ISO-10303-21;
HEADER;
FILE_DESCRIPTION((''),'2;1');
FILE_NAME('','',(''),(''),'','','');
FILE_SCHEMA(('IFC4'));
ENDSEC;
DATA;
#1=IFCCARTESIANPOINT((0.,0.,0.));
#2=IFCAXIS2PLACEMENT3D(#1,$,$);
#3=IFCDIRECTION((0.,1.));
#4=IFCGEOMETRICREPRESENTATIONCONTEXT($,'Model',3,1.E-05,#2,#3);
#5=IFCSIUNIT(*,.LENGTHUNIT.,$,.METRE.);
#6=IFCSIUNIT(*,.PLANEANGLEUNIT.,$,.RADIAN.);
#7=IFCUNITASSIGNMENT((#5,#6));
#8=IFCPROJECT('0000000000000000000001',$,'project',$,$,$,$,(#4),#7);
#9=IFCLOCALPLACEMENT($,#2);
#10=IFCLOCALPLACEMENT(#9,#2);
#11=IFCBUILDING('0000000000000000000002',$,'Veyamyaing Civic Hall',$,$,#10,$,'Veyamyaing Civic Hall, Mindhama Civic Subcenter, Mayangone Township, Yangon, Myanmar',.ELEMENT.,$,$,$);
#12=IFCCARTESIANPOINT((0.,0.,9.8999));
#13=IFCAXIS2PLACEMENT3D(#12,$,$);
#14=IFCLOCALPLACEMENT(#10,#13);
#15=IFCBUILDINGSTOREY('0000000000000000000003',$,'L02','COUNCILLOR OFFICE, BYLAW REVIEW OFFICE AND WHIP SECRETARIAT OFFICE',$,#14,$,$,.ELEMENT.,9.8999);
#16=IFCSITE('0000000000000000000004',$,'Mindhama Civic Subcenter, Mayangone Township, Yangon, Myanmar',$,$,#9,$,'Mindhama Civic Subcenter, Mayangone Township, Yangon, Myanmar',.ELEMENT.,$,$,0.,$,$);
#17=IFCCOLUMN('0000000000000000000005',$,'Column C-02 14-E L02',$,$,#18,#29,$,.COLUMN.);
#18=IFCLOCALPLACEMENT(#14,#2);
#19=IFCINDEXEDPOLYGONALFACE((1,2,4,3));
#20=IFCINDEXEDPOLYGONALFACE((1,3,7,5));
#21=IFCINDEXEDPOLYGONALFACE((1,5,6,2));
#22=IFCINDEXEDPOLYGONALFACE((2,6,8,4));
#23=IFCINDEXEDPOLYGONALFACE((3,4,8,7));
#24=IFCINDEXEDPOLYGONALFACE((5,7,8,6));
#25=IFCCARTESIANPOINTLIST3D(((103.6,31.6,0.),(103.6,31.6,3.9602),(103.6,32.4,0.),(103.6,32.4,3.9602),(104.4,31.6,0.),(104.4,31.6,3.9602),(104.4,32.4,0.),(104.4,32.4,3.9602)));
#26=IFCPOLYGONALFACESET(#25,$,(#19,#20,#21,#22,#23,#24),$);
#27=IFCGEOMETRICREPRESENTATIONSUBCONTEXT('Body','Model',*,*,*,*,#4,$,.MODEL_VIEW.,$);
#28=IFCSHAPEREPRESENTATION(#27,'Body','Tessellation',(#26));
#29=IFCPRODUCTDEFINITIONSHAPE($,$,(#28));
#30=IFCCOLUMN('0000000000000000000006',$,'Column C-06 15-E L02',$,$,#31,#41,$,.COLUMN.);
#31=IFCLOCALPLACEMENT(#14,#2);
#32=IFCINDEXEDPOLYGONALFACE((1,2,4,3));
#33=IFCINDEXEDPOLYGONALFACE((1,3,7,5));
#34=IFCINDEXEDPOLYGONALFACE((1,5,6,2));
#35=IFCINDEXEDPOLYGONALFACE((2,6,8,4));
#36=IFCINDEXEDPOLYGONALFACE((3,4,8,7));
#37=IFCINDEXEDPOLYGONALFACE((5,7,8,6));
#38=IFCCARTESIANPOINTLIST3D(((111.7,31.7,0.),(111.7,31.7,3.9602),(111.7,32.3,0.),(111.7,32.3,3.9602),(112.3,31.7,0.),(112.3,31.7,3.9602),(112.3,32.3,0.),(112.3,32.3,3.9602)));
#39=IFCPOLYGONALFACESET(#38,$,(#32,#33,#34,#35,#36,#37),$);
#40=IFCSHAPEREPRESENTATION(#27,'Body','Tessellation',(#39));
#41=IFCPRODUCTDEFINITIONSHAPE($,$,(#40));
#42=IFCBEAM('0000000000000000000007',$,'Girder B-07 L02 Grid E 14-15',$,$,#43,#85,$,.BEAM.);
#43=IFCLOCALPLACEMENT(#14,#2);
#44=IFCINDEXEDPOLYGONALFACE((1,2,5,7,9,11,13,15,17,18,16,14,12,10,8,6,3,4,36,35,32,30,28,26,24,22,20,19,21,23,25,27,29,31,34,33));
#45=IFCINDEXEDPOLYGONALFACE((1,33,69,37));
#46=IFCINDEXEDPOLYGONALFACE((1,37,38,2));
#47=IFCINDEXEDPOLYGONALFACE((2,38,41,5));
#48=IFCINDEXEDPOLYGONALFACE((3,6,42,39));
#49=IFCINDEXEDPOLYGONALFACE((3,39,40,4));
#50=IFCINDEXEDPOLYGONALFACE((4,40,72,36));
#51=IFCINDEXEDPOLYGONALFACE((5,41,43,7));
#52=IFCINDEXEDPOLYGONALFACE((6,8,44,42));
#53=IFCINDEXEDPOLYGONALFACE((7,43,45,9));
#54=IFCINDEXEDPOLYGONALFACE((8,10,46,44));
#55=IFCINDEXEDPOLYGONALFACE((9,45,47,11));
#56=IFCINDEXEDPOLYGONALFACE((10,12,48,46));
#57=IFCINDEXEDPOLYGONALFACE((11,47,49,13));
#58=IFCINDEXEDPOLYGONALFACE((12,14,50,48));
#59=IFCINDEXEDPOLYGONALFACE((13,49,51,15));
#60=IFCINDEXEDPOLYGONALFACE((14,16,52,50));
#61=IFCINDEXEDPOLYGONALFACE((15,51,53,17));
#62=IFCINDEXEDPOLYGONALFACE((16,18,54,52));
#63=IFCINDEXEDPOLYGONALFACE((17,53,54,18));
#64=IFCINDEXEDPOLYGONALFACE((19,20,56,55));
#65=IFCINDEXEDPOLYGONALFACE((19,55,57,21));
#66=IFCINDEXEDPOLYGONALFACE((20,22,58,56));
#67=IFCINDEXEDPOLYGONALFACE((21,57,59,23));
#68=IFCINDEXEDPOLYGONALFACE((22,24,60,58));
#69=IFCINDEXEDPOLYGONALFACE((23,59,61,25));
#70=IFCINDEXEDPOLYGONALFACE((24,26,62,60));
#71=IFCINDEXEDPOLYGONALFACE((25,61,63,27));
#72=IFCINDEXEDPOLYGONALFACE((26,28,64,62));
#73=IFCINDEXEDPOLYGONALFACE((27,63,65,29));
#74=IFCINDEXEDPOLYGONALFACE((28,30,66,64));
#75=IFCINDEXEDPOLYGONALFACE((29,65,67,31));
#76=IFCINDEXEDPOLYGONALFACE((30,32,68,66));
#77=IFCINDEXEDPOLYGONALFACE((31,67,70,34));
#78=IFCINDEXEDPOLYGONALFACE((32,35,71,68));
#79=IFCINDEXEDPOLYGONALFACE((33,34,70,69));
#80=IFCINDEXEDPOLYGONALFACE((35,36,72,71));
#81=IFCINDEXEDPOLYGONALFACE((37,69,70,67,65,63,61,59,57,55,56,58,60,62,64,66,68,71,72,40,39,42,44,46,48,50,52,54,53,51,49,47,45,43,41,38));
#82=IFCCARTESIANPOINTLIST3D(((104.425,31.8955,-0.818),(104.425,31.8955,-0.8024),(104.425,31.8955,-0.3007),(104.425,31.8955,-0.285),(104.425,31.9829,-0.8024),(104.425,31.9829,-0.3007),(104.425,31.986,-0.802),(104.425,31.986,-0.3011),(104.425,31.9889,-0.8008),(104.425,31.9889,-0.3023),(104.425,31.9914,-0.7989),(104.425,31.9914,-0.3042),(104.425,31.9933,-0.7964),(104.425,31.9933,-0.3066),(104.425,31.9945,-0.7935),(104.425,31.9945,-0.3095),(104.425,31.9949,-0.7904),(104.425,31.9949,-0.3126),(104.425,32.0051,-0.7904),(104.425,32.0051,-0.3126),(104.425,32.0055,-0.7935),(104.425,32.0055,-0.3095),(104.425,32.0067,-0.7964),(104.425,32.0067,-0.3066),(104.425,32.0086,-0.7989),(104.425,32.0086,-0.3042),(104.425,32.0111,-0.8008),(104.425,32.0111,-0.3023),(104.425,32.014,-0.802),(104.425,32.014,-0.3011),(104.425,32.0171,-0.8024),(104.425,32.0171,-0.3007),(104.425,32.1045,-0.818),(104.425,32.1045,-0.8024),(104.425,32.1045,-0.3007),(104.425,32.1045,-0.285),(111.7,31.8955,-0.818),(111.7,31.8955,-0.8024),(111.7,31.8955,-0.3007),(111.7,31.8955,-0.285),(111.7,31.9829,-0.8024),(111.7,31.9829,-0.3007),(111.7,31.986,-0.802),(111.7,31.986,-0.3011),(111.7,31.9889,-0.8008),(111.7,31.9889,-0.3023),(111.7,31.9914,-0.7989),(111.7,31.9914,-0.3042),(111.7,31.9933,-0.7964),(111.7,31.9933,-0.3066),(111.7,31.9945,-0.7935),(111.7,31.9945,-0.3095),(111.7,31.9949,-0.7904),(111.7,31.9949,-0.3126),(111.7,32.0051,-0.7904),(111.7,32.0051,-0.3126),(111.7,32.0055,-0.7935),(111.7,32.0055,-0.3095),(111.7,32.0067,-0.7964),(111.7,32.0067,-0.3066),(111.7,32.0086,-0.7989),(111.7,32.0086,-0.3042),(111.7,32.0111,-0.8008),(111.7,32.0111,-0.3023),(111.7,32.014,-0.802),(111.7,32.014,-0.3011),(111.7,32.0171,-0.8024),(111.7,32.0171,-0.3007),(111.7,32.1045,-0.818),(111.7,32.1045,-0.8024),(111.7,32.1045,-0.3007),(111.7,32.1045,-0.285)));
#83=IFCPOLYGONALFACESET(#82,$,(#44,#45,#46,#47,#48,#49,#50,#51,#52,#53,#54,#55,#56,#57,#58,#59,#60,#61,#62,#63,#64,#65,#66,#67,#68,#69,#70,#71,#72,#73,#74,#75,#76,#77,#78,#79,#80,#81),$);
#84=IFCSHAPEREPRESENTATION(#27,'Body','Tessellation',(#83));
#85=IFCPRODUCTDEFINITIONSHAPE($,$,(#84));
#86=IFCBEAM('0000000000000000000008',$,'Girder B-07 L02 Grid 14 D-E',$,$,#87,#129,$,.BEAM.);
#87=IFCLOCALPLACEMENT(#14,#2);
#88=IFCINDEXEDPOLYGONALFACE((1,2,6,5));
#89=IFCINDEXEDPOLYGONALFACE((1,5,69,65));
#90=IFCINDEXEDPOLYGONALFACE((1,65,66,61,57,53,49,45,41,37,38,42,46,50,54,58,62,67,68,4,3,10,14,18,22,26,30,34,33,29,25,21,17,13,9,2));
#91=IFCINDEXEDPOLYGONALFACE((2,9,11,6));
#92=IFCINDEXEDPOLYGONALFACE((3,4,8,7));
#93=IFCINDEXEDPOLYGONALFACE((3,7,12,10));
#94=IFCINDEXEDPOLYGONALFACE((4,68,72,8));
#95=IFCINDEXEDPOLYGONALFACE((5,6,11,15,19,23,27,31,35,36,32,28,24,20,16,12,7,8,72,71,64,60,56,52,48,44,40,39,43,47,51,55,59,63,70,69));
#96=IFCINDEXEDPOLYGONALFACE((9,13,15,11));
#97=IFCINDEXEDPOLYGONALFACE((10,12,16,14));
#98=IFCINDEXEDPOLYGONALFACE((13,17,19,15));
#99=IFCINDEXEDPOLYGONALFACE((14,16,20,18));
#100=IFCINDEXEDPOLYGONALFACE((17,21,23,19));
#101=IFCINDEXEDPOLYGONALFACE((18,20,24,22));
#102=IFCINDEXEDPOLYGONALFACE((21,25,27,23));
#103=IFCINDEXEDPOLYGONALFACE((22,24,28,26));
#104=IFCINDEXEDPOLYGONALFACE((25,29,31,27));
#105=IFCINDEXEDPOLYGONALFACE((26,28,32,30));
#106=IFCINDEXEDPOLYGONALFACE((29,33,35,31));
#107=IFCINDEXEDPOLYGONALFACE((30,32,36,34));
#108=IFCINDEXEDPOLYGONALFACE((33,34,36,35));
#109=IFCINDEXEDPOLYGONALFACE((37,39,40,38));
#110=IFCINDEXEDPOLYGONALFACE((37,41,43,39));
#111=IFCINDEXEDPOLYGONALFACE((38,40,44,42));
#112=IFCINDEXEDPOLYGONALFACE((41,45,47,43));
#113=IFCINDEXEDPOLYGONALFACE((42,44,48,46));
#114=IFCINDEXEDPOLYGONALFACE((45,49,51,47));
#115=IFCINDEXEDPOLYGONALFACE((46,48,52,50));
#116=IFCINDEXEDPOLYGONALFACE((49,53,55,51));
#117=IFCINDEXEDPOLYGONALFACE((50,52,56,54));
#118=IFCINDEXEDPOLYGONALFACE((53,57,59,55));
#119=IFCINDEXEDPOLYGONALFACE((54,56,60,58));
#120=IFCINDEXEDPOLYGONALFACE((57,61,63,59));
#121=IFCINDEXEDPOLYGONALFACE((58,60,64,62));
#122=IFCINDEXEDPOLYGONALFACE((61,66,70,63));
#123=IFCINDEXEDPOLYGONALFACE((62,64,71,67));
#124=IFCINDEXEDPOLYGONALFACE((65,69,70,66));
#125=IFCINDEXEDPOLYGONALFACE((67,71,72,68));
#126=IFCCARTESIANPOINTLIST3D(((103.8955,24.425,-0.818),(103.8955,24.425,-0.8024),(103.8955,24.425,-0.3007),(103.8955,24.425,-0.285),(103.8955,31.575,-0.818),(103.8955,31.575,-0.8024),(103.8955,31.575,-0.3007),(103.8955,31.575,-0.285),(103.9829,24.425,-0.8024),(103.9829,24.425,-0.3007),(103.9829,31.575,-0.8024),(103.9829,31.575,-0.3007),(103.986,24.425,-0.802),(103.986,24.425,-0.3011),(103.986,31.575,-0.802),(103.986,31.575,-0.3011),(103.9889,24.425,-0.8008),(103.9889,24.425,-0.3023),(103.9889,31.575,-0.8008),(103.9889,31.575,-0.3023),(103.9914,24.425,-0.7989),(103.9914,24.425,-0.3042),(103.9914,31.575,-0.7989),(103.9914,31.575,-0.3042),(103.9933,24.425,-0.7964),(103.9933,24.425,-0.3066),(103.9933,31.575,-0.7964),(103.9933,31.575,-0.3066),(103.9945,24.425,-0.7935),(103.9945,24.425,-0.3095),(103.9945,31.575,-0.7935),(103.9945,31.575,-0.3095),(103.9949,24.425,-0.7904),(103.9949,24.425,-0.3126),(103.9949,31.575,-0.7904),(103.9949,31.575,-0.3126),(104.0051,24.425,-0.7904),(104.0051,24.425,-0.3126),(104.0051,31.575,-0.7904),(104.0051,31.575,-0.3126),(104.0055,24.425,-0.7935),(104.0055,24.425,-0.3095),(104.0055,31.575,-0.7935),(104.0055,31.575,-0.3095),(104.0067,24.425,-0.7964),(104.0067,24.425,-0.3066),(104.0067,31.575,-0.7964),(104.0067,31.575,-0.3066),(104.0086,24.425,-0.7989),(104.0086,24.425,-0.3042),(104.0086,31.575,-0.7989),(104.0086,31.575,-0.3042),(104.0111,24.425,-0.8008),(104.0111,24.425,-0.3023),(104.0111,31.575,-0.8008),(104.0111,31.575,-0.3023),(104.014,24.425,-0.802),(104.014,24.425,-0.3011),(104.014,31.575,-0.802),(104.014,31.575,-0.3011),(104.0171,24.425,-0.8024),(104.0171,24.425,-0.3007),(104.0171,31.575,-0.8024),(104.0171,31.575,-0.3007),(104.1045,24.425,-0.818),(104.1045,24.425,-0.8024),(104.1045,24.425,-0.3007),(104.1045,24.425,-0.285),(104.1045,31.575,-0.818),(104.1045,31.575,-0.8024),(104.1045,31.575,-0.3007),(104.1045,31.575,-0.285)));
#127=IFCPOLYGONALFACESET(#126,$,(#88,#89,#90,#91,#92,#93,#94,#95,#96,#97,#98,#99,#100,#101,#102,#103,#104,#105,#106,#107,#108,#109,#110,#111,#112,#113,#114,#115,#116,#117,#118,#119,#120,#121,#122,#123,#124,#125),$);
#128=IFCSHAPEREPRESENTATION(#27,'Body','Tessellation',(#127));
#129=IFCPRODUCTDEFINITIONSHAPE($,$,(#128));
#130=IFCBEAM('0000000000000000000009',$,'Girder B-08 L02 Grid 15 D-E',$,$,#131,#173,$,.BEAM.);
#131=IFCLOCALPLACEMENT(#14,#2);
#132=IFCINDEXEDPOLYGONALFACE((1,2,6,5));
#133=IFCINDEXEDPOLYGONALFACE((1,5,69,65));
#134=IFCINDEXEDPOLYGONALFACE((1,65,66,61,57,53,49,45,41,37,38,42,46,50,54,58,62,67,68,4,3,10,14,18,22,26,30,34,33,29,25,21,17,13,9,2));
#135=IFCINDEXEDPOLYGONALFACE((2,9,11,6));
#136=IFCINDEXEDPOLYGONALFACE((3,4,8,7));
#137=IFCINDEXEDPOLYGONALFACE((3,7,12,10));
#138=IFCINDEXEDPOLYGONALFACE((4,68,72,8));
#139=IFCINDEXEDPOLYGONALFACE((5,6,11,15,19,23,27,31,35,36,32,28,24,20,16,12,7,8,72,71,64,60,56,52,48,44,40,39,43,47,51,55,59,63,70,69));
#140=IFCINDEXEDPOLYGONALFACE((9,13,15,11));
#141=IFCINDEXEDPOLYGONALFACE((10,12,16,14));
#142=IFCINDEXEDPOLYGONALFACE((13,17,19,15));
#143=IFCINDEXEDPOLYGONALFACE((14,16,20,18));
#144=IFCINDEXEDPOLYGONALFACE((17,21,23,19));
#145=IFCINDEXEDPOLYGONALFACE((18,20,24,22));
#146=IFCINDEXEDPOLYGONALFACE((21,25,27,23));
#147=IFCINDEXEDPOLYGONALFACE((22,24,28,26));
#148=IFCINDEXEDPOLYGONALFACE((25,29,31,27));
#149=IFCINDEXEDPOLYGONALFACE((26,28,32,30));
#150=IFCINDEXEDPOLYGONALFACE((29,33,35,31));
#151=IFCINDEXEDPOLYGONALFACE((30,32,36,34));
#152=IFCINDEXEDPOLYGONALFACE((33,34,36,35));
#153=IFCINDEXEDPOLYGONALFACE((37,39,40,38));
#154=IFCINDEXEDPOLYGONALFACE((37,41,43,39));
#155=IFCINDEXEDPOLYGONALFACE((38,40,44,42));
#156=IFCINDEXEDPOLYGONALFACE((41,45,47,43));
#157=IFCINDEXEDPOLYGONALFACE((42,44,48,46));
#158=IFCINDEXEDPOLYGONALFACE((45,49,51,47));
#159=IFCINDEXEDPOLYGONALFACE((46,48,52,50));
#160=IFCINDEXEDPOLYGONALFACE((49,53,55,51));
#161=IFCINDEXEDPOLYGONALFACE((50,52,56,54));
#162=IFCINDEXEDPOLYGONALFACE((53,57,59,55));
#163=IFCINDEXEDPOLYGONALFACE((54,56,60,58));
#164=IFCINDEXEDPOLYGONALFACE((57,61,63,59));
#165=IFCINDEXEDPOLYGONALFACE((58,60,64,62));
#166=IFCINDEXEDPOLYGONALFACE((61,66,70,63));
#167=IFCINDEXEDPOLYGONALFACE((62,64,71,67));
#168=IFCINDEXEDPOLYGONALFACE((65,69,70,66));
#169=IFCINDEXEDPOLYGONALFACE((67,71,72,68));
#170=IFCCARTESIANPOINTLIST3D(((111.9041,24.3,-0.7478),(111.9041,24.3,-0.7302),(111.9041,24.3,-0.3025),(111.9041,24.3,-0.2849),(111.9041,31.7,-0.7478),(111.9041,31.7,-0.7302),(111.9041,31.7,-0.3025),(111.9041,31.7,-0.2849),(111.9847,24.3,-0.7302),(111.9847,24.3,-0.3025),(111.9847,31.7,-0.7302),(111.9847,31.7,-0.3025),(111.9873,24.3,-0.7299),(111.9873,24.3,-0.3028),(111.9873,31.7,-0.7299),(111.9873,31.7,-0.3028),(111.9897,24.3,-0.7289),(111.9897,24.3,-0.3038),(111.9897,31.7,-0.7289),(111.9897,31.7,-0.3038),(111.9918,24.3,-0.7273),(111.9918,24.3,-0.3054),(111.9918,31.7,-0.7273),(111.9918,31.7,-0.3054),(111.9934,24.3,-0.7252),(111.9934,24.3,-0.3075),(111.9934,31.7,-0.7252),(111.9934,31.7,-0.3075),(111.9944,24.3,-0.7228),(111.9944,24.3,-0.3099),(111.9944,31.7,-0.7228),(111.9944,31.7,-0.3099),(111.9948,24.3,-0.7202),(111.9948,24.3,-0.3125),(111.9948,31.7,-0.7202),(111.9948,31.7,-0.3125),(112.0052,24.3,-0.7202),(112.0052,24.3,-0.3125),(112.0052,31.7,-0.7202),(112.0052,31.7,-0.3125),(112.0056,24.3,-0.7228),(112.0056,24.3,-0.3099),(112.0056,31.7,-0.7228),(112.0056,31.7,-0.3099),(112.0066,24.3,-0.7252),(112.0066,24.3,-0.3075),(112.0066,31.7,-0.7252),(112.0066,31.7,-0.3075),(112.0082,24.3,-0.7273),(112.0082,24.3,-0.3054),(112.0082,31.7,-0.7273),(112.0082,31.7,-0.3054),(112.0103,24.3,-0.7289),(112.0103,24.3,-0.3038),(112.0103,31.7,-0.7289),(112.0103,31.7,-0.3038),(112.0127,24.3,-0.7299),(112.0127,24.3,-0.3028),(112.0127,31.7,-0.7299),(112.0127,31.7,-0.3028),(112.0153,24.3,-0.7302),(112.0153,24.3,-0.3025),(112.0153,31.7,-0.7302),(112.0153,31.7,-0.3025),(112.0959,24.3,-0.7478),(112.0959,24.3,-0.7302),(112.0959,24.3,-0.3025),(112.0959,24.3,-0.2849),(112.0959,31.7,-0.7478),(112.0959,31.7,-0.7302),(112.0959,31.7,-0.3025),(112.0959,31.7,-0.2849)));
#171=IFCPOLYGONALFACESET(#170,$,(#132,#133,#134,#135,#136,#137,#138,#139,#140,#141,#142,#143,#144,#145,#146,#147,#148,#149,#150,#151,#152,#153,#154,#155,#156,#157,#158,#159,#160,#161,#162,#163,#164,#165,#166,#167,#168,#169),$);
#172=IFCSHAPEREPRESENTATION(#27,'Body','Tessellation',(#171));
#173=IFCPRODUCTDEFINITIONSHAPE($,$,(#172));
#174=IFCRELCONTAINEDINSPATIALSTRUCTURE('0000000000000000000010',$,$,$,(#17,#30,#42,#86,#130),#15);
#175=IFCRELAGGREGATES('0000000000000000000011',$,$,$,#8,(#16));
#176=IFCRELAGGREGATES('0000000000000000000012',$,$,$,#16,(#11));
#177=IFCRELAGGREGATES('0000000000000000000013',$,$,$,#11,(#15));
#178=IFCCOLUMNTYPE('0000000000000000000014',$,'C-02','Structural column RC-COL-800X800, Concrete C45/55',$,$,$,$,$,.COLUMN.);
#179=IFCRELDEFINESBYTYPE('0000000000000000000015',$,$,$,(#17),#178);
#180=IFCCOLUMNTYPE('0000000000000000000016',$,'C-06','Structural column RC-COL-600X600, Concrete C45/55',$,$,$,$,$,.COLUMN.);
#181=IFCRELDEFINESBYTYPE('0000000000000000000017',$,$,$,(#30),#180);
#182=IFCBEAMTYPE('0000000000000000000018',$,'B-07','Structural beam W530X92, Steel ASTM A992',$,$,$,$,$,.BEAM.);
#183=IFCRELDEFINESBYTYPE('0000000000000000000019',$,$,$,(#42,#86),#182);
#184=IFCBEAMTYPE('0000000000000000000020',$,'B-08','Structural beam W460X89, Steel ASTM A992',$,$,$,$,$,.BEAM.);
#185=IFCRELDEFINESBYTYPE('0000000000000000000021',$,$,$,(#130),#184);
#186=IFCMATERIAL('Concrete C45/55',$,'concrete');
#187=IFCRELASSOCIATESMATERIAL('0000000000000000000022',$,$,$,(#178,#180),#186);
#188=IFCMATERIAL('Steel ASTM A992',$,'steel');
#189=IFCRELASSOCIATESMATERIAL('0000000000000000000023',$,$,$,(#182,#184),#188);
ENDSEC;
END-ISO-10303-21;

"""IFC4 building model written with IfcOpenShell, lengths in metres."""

from ifc_helpers import new_model, si_unit, direction, frame, origin, origin_2d, place, context, subcontext, project, spatial, rectangle, i_section, extrude, material, material_profile, profile_set, type_object, element, save


model = new_model("IFC4")

# Units and contexts
model_context = context("Model", 3, precision=1e-05, world=origin(), true_north=direction((0.0, 1.0)))
body_context = subcontext(model_context, "Body", "Model", "MODEL_VIEW")
ifc_project = project(units=[si_unit("LENGTHUNIT", "METRE"), si_unit("PLANEANGLEUNIT", "RADIAN")], contexts=[model_context])

# Site, building, storey
site_placement = place(None, origin())
site = spatial("IfcSite", under=ifc_project, at=site_placement, Name="Mindhama Civic Subcenter, Mayangone Township, Yangon, Myanmar", LongName="Mindhama Civic Subcenter, Mayangone Township, Yangon, Myanmar", CompositionType="ELEMENT", RefElevation=0.0)
building_placement = place(site_placement, origin())
building = spatial("IfcBuilding", under=site, at=building_placement, Name="Veyamyaing Civic Hall", LongName="Veyamyaing Civic Hall, Mindhama Civic Subcenter, Mayangone Township, Yangon, Myanmar", CompositionType="ELEMENT")
storey_placement = place(building_placement, frame((0.0, 0.0, 9.8999)))
storey = spatial("IfcBuildingStorey", under=building, at=storey_placement, Name="L02", Description="COUNCILLOR OFFICE, BYLAW REVIEW OFFICE AND WHIP SECRETARIAT OFFICE", CompositionType="ELEMENT", Elevation=9.8999)

# Columns
ifc_material_1 = material(Name="Concrete C45/55", Category="concrete")
ifc_material_profile_1 = material_profile(ifc_material_1, rectangle(XDim=0.8, YDim=0.8, at=origin_2d()), Name="RC-COL-800X800")
ifc_profile_set_1 = profile_set([ifc_material_profile_1], Name="Concrete C45/55")
column_type_1 = type_object("IfcColumnType", Name="C-02", Description="Structural column RC-COL-800X800, Concrete C45/55", PredefinedType="COLUMN", material=ifc_profile_set_1)
column_1_placement = place(storey_placement, frame((104.0, 32.0, 0.0), z_axis=(0.0, 0.0, 1.0), x_axis=(1.0, 0.0, 0.0)))
element("IfcColumn", 1, at=column_1_placement, inside=storey, type_object=column_type_1, Name="Column C-02 14-E L02", PredefinedType="COLUMN", context=body_context, shape_type="SweptSolid", body=[
    extrude(rectangle(XDim=0.8, YDim=0.8, at=origin_2d()), origin(), (0.0, 0.0, 1.0), 3.9602),
])
ifc_material_profile_2 = material_profile(ifc_material_1, rectangle(XDim=0.6001, YDim=0.6001, at=origin_2d()), Name="RC-COL-600X600")
ifc_profile_set_2 = profile_set([ifc_material_profile_2], Name="Concrete C45/55")
column_type_2 = type_object("IfcColumnType", Name="C-06", Description="Structural column RC-COL-600X600, Concrete C45/55", PredefinedType="COLUMN", material=ifc_profile_set_2)
column_2_placement = place(storey_placement, frame((112.0, 32.0, 0.0), z_axis=(0.0, 0.0, 1.0), x_axis=(1.0, 0.0, 0.0)))
element("IfcColumn", 2, at=column_2_placement, inside=storey, type_object=column_type_2, Name="Column C-06 15-E L02", PredefinedType="COLUMN", context=body_context, shape_type="SweptSolid", body=[
    extrude(rectangle(XDim=0.6001, YDim=0.6001, at=origin_2d()), origin(), (0.0, 0.0, 1.0), 3.9602),
])

# Beams
ifc_material_2 = material(Name="Steel ASTM A992", Category="steel")
ifc_material_profile_3 = material_profile(ifc_material_2, i_section(OverallWidth=0.209, OverallDepth=0.533, WebThickness=0.0103, FlangeThickness=0.0156, FilletRadius=0.012, at=origin_2d()), Name="W530X92")
ifc_profile_set_3 = profile_set([ifc_material_profile_3], Name="Steel ASTM A992")
beam_type_1 = type_object("IfcBeamType", Name="B-07", Description="Structural beam W530X92, Steel ASTM A992", PredefinedType="BEAM", material=ifc_profile_set_3)
beam_1_placement = place(storey_placement, frame((104.425, 32.0, -0.5515), z_axis=(1.0, 0.0, 0.0), x_axis=(0.0, 1.0, 0.0)))
element("IfcBeam", 3, at=beam_1_placement, inside=storey, type_object=beam_type_1, Name="Girder B-07 L02 Grid E 14-15", PredefinedType="BEAM", context=body_context, shape_type="SweptSolid", body=[
    extrude(i_section(OverallWidth=0.209, OverallDepth=0.533, WebThickness=0.0103, FlangeThickness=0.0156, FilletRadius=0.012, at=origin_2d()), origin(), (0.0, 0.0, 1.0), 7.2749),
])
beam_2_placement = place(storey_placement, frame((104.0, 24.425, -0.5515), z_axis=(0.0, 1.0, 0.0), x_axis=(-1.0, 0.0, 0.0)))
element("IfcBeam", 4, at=beam_2_placement, inside=storey, type_object=beam_type_1, Name="Girder B-07 L02 Grid 14 D-E", PredefinedType="BEAM", context=body_context, shape_type="SweptSolid", body=[
    extrude(i_section(OverallWidth=0.209, OverallDepth=0.533, WebThickness=0.0103, FlangeThickness=0.0156, FilletRadius=0.012, at=origin_2d()), origin(), (0.0, 0.0, 1.0), 7.1499),
])
ifc_material_profile_4 = material_profile(ifc_material_2, i_section(OverallWidth=0.1919, OverallDepth=0.4629, WebThickness=0.0105, FlangeThickness=0.0176, FilletRadius=0.01, at=origin_2d()), Name="W460X89")
ifc_profile_set_4 = profile_set([ifc_material_profile_4], Name="Steel ASTM A992")
beam_type_2 = type_object("IfcBeamType", Name="B-08", Description="Structural beam W460X89, Steel ASTM A992", PredefinedType="BEAM", material=ifc_profile_set_4)
beam_3_placement = place(storey_placement, frame((112.0, 24.3, -0.5164), z_axis=(0.0, 1.0, 0.0), x_axis=(-1.0, 0.0, 0.0)))
element("IfcBeam", 5, at=beam_3_placement, inside=storey, type_object=beam_type_2, Name="Girder B-08 L02 Grid 15 D-E", PredefinedType="BEAM", context=body_context, shape_type="SweptSolid", body=[
    extrude(i_section(OverallWidth=0.1919, OverallDepth=0.4629, WebThickness=0.0105, FlangeThickness=0.0176, FilletRadius=0.01, at=origin_2d()), origin(), (0.0, 0.0, 1.0), 7.3999),
])

save(model, "model.ifc")
